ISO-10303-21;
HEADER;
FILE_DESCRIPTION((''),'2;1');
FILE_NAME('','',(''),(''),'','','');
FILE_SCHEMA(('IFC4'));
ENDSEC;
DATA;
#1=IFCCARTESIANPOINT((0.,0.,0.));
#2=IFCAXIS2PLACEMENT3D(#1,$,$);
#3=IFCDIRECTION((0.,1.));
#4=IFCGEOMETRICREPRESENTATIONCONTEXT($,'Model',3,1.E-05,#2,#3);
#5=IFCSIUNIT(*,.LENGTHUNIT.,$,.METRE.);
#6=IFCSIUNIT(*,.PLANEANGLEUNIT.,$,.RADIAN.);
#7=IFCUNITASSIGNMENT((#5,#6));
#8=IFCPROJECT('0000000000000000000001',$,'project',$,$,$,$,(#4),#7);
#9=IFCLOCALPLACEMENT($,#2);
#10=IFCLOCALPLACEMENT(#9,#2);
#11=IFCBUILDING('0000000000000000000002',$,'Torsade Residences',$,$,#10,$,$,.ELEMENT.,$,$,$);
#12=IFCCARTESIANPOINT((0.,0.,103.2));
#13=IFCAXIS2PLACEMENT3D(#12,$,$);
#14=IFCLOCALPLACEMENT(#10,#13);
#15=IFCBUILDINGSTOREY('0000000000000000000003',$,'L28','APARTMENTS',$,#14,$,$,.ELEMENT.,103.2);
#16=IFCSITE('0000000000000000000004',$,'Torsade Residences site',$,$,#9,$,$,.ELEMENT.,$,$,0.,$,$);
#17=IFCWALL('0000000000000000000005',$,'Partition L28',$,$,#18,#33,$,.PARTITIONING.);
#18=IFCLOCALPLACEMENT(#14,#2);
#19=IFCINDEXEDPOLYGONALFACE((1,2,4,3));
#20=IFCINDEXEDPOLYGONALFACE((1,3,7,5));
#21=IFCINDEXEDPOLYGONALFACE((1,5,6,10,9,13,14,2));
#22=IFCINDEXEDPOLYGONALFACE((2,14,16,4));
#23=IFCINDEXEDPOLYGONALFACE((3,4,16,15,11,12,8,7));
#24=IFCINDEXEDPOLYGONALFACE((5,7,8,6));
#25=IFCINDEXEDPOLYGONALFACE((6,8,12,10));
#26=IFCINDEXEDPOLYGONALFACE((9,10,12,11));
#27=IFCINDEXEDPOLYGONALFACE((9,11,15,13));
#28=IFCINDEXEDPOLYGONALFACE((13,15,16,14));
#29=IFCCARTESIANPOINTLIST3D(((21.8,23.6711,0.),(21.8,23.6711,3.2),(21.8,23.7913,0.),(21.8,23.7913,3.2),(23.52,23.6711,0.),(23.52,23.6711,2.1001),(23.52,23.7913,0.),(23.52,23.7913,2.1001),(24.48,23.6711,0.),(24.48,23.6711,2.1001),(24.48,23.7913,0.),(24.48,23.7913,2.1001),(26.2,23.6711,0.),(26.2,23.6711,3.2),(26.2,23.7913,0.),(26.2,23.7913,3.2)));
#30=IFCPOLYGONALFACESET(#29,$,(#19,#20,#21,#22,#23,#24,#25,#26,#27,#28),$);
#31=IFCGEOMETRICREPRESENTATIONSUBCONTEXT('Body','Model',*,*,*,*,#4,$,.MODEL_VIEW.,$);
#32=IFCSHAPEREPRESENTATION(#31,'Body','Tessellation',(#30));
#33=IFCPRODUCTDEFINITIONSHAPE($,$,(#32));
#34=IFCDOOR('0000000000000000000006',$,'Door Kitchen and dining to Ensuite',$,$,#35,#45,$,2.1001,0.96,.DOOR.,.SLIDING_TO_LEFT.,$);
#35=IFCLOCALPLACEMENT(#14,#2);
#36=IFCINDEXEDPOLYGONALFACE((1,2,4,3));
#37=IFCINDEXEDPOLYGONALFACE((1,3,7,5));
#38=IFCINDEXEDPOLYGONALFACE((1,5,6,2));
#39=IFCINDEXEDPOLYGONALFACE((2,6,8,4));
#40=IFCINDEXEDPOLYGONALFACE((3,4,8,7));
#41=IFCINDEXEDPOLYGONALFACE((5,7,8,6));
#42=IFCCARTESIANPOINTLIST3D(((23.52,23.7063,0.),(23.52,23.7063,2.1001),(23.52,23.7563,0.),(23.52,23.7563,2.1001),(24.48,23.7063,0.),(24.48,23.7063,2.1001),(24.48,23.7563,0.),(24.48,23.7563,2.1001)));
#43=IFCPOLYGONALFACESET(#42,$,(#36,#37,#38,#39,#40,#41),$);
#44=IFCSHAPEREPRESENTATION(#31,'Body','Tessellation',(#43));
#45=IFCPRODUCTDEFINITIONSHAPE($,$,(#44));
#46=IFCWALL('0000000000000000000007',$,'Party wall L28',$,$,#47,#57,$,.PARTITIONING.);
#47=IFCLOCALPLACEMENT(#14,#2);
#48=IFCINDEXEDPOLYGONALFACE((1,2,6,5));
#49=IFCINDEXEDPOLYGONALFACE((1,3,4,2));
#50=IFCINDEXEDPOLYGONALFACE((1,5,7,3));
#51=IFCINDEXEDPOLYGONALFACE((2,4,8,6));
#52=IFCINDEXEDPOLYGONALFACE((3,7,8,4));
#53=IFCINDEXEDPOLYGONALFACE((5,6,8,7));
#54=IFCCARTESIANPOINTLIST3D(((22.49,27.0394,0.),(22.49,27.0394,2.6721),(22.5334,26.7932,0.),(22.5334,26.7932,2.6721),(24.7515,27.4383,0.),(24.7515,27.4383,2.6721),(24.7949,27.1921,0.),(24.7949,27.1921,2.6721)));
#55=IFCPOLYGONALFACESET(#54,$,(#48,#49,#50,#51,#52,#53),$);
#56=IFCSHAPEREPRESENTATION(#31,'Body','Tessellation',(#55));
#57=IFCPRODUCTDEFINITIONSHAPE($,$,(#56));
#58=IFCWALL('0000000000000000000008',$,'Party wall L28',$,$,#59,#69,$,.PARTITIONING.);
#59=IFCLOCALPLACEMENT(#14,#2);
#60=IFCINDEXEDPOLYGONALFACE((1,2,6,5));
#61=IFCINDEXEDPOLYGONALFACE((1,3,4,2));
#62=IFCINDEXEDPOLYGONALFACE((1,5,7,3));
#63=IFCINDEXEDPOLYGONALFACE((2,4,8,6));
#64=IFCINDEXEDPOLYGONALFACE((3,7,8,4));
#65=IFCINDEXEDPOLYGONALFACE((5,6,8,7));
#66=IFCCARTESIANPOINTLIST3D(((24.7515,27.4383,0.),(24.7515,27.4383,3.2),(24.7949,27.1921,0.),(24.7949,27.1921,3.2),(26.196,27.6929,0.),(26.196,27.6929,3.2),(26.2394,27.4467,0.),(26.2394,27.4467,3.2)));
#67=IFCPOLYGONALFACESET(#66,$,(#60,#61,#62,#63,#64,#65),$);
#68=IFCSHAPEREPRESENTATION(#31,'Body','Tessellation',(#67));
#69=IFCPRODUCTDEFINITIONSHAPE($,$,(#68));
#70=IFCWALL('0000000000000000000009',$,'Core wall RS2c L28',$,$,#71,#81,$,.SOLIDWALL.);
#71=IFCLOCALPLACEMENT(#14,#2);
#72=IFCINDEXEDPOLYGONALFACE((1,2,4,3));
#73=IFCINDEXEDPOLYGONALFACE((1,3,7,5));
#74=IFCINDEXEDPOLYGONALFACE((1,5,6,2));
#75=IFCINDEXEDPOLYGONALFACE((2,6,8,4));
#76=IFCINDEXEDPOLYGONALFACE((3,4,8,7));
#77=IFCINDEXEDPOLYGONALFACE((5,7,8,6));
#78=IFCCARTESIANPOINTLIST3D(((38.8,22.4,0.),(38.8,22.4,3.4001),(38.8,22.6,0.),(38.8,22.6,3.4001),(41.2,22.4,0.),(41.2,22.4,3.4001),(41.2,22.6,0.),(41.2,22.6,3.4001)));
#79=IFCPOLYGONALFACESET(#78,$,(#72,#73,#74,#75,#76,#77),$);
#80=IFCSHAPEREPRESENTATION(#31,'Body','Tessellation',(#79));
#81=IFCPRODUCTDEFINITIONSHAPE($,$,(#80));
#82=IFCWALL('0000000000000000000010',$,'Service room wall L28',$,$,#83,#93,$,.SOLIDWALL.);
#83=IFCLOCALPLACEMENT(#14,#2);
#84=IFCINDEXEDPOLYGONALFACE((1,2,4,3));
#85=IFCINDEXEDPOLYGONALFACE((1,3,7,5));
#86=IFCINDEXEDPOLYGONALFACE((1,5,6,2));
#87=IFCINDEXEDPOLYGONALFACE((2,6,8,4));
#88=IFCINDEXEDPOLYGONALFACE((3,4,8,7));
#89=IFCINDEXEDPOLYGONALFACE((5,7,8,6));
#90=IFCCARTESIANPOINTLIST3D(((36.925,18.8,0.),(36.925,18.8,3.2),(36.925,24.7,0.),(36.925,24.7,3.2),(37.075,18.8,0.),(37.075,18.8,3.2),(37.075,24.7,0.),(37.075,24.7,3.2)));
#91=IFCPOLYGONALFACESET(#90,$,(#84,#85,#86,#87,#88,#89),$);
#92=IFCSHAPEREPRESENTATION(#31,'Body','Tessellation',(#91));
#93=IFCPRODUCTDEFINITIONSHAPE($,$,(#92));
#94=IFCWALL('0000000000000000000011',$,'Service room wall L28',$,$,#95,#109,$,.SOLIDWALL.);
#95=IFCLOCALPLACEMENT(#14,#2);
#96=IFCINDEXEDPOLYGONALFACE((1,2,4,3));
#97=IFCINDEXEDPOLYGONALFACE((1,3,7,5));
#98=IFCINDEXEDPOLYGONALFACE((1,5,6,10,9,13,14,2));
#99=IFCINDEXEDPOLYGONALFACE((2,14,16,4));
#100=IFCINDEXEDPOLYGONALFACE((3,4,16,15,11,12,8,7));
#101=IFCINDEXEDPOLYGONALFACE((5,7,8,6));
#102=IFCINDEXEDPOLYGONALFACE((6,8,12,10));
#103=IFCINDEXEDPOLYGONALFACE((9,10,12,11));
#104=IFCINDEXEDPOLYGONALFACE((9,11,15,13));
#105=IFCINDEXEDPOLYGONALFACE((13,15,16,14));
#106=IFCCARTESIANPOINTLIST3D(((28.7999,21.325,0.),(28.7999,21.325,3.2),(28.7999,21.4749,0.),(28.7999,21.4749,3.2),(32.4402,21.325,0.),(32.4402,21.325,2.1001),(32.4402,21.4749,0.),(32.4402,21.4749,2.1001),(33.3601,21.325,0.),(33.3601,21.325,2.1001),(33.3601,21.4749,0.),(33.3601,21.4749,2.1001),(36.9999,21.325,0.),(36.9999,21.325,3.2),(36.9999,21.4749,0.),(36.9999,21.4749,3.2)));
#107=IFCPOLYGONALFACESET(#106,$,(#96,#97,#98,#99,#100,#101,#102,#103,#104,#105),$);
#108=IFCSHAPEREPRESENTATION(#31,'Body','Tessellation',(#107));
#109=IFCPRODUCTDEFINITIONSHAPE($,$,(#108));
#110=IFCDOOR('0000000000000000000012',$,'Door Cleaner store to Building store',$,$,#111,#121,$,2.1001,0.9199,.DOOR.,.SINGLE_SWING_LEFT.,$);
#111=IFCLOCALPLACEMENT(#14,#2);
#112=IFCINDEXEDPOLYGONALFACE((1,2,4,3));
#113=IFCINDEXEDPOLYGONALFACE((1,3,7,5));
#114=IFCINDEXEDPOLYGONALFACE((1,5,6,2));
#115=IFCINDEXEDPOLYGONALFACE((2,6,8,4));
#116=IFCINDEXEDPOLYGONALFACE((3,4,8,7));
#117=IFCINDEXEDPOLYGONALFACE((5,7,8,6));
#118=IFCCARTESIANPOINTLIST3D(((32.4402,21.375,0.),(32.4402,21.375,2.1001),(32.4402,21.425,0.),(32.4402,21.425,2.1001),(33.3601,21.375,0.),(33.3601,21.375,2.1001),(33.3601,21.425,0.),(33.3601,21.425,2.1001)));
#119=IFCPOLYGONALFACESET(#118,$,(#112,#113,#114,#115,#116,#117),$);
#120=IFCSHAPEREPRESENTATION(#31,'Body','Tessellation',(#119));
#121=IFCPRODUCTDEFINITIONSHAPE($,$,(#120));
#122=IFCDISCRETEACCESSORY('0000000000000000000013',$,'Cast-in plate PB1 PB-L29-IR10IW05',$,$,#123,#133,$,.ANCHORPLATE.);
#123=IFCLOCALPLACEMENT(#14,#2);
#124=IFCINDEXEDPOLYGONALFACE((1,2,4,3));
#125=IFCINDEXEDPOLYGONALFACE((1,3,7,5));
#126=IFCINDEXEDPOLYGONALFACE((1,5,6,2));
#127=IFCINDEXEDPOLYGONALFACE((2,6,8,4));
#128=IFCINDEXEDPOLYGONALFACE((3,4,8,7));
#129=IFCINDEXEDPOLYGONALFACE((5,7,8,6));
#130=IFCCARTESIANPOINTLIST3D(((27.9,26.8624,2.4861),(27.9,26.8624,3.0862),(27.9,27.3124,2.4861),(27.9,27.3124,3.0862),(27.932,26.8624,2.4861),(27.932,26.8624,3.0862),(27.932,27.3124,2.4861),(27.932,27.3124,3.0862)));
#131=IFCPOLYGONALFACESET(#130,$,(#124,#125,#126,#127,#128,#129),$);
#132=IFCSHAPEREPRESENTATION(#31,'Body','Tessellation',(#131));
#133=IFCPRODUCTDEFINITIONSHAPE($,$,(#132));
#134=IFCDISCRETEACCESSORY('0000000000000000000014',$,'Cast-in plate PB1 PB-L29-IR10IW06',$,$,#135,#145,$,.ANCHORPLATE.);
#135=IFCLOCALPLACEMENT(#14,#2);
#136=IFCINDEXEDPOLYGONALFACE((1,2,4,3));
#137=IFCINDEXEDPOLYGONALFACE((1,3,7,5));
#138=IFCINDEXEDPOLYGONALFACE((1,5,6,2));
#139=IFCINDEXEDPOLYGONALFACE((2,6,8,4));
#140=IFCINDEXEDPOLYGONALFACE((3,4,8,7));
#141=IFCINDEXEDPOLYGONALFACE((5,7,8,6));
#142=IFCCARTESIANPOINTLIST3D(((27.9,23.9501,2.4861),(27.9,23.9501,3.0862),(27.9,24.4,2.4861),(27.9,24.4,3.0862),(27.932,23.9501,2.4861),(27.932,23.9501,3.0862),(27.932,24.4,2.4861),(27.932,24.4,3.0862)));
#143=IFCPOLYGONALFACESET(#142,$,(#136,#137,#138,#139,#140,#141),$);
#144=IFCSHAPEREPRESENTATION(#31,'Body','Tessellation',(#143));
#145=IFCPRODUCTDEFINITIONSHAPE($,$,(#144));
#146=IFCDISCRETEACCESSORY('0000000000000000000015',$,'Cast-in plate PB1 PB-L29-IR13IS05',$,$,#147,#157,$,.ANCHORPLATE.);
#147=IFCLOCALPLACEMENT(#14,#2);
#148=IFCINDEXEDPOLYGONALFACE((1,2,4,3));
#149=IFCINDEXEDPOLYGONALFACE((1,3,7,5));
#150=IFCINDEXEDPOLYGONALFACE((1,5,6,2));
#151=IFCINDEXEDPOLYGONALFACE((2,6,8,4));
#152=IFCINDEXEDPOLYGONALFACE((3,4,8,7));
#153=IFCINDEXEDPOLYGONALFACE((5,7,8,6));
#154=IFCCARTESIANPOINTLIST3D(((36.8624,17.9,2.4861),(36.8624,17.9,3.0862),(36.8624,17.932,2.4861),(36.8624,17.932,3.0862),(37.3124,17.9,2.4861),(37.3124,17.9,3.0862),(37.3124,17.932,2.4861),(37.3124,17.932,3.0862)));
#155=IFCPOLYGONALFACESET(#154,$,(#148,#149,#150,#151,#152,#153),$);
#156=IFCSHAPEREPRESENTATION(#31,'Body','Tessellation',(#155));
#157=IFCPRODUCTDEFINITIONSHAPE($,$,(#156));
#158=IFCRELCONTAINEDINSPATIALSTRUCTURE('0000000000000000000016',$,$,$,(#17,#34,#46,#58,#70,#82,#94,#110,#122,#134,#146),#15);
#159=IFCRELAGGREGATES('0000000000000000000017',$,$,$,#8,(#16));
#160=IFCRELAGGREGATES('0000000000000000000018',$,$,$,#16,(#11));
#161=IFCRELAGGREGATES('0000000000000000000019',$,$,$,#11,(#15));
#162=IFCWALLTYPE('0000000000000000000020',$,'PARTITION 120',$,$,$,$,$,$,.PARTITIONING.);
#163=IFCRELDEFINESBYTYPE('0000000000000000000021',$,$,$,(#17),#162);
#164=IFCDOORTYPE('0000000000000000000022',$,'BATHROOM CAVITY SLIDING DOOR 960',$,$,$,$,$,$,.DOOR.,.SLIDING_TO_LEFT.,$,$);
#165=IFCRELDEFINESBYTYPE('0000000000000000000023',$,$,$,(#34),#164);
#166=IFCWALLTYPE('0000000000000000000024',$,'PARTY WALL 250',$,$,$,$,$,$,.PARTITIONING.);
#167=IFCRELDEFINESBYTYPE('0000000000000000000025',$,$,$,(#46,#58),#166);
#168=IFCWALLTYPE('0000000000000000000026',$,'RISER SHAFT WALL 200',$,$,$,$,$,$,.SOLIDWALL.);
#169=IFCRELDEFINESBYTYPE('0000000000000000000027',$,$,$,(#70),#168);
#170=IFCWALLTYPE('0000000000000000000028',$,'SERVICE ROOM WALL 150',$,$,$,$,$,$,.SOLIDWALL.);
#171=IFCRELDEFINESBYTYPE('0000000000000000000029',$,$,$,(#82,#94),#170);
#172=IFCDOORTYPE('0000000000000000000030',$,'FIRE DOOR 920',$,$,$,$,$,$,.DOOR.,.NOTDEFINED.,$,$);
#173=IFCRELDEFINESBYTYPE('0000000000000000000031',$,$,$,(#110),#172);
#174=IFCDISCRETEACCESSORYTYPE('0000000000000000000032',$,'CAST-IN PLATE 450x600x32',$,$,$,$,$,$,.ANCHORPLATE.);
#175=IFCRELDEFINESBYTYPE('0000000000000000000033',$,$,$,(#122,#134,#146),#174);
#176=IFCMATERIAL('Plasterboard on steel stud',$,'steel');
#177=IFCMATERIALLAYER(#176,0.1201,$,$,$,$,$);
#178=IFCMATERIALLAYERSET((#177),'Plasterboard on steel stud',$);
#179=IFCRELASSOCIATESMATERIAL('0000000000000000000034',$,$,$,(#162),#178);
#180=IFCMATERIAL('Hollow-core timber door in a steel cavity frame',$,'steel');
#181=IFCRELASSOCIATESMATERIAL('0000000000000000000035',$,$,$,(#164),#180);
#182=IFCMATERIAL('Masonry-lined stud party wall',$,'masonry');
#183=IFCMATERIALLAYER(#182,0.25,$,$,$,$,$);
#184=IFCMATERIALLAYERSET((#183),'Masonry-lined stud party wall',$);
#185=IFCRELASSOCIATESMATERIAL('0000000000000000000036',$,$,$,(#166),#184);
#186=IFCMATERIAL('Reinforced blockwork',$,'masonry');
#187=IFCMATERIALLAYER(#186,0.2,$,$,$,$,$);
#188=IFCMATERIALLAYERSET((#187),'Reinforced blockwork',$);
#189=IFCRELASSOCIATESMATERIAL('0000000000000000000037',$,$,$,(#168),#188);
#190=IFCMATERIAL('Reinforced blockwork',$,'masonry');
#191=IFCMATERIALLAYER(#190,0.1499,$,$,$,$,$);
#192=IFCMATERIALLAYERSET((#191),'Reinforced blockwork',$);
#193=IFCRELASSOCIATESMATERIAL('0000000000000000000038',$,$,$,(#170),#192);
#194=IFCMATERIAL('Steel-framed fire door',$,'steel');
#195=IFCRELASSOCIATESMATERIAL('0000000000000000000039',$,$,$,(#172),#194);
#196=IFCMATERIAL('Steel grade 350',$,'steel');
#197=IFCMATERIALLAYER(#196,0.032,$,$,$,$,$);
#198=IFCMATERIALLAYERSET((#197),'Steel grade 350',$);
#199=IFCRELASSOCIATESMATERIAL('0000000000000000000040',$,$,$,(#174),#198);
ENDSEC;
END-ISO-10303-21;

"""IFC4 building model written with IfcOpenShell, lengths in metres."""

from ifc_helpers import new_model, si_unit, direction, frame, frame_2d, origin, origin_2d, place, context, subcontext, project, spatial, rectangle, extrude, material, layer, layer_set, type_object, element, fill, save


model = new_model("IFC4")

# Units and contexts
model_context = context("Model", 3, precision=1e-05, world=origin(), true_north=direction((0.0, 1.0)))
body_context = subcontext(model_context, "Body", "Model", "MODEL_VIEW")
ifc_project = project(units=[si_unit("LENGTHUNIT", "METRE"), si_unit("PLANEANGLEUNIT", "RADIAN")], contexts=[model_context])

# Site, building, storey
site_placement = place(None, origin())
site = spatial("IfcSite", under=ifc_project, at=site_placement, Name="Torsade Residences site", CompositionType="ELEMENT", RefElevation=0.0)
building_placement = place(site_placement, origin())
building = spatial("IfcBuilding", under=site, at=building_placement, Name="Torsade Residences", CompositionType="ELEMENT")
storey_placement = place(building_placement, frame((0.0, 0.0, 103.2)))
storey = spatial("IfcBuildingStorey", under=building, at=storey_placement, Name="L28", Description="APARTMENTS", CompositionType="ELEMENT", Elevation=103.2)

# Wall, opening, door
ifc_material_1 = material(Name="Plasterboard on steel stud", Category="steel")
ifc_layer_1 = layer(ifc_material_1, 0.1201)
ifc_layer_set_1 = layer_set([ifc_layer_1], Name="Plasterboard on steel stud")
wall_type_1 = type_object("IfcWallType", Name="PARTITION 120", PredefinedType="PARTITIONING", material=ifc_layer_set_1)
wall_1_placement = place(storey_placement, frame((26.2, 23.7312, 0.0), z_axis=(0.0, 0.0, 1.0), x_axis=(-1.0, 0.0, 0.0)))
wall_1 = element("IfcWall", 1, at=wall_1_placement, inside=storey, type_object=wall_type_1, Name="Partition L28", PredefinedType="PARTITIONING", context=body_context, shape_type="SweptSolid", body=[
    extrude(rectangle(XDim=4.3999, YDim=0.1201, at=frame_2d((2.2, 0.0))), origin(), (0.0, 0.0, 1.0), 3.2),
])
opening_1_placement = place(wall_1_placement, frame((1.72, 0.0, 0.0)))
opening_1 = element("IfcOpeningElement", 2, at=opening_1_placement, cuts=wall_1, PredefinedType="OPENING", context=body_context, shape_type="SweptSolid", body=[
    extrude(rectangle(XDim=0.96, YDim=2.1001, at=frame_2d((0.48, 1.05))), frame((0.0, 0.0701, 0.0), z_axis=(0.0, -1.0, 0.0), x_axis=(1.0, 0.0, 0.0)), (0.0, 0.0, 1.0), 0.1401),
])
ifc_material_2 = material(Name="Hollow-core timber door in a steel cavity frame", Category="steel")
door_type_1 = type_object("IfcDoorType", Name="BATHROOM CAVITY SLIDING DOOR 960", OperationType="SLIDING_TO_LEFT", PredefinedType="DOOR", material=ifc_material_2)
door_1_placement = place(opening_1_placement, origin())
door_1 = element("IfcDoor", 3, at=door_1_placement, inside=storey, type_object=door_type_1, Name="Door Kitchen and dining to Ensuite", OperationType="SLIDING_TO_LEFT", OverallHeight=2.1001, OverallWidth=0.96, PredefinedType="DOOR", context=body_context, shape_type="SweptSolid", body=[
    extrude(rectangle(XDim=0.96, YDim=2.1001, at=frame_2d((0.48, 1.05))), frame((0.0, 0.0249, 0.0), z_axis=(0.0, -1.0, 0.0), x_axis=(1.0, 0.0, 0.0)), (0.0, 0.0, 1.0), 0.05),
])
fill(opening_1, door_1)

# Walls
ifc_material_3 = material(Name="Masonry-lined stud party wall", Category="masonry")
ifc_layer_2 = layer(ifc_material_3, 0.25)
ifc_layer_set_2 = layer_set([ifc_layer_2], Name="Masonry-lined stud party wall")
wall_type_2 = type_object("IfcWallType", Name="PARTY WALL 250", PredefinedType="PARTITIONING", material=ifc_layer_set_2)
wall_2_placement = place(storey_placement, frame((22.5117, 26.9163, 0.0), z_axis=(0.0, 0.0, 1.0), x_axis=(0.984795, 0.173719, 0.0)))
element("IfcWall", 4, at=wall_2_placement, inside=storey, type_object=wall_type_2, Name="Party wall L28", PredefinedType="PARTITIONING", context=body_context, shape_type="SweptSolid", body=[
    extrude(rectangle(XDim=2.2964, YDim=0.25, at=frame_2d((1.1482, 0.0))), origin(), (0.0, 0.0, 1.0), 2.6721),
])
wall_3_placement = place(storey_placement, frame((24.7732, 27.3152, 0.0), z_axis=(0.0, 0.0, 1.0), x_axis=(0.984817, 0.173595, 0.0)))
element("IfcWall", 5, at=wall_3_placement, inside=storey, type_object=wall_type_2, Name="Party wall L28", PredefinedType="PARTITIONING", context=body_context, shape_type="SweptSolid", body=[
    extrude(rectangle(XDim=1.4668, YDim=0.25, at=frame_2d((0.7334, 0.0))), origin(), (0.0, 0.0, 1.0), 3.2),
])
ifc_material_4 = material(Name="Reinforced blockwork", Category="masonry")
ifc_layer_3 = layer(ifc_material_4, 0.2)
ifc_layer_set_3 = layer_set([ifc_layer_3], Name="Reinforced blockwork")
wall_type_3 = type_object("IfcWallType", Name="RISER SHAFT WALL 200", PredefinedType="SOLIDWALL", material=ifc_layer_set_3)
wall_4_placement = place(storey_placement, frame((38.8, 22.5, 0.0), z_axis=(0.0, 0.0, 1.0), x_axis=(1.0, 0.0, 0.0)))
element("IfcWall", 6, at=wall_4_placement, inside=storey, type_object=wall_type_3, Name="Core wall RS2c L28", PredefinedType="SOLIDWALL", context=body_context, shape_type="SweptSolid", body=[
    extrude(rectangle(XDim=2.3999, YDim=0.2, at=frame_2d((1.2, 0.0))), origin(), (0.0, 0.0, 1.0), 3.4001),
])
ifc_material_5 = material(Name="Reinforced blockwork", Category="masonry")
ifc_layer_4 = layer(ifc_material_5, 0.1499)
ifc_layer_set_4 = layer_set([ifc_layer_4], Name="Reinforced blockwork")
wall_type_4 = type_object("IfcWallType", Name="SERVICE ROOM WALL 150", PredefinedType="SOLIDWALL", material=ifc_layer_set_4)
wall_5_placement = place(storey_placement, frame((37.0, 18.8, 0.0), z_axis=(0.0, 0.0, 1.0), x_axis=(0.0, 1.0, 0.0)))
element("IfcWall", 7, at=wall_5_placement, inside=storey, type_object=wall_type_4, Name="Service room wall L28", PredefinedType="SOLIDWALL", context=body_context, shape_type="SweptSolid", body=[
    extrude(rectangle(XDim=5.8999, YDim=0.1499, at=frame_2d((2.95, 0.0))), origin(), (0.0, 0.0, 1.0), 3.2),
])

# Wall, opening, door
wall_6_placement = place(storey_placement, frame((37.0, 21.3999, 0.0), z_axis=(0.0, 0.0, 1.0), x_axis=(-1.0, 0.0, 0.0)))
wall_6 = element("IfcWall", 8, at=wall_6_placement, inside=storey, type_object=wall_type_4, Name="Service room wall L28", PredefinedType="SOLIDWALL", context=body_context, shape_type="SweptSolid", body=[
    extrude(rectangle(XDim=8.2, YDim=0.1499, at=frame_2d((4.1001, 0.0))), origin(), (0.0, 0.0, 1.0), 3.2),
])
opening_2_placement = place(wall_6_placement, frame((3.6399, 0.0, 0.0)))
opening_2 = element("IfcOpeningElement", 9, at=opening_2_placement, cuts=wall_6, PredefinedType="OPENING", context=body_context, shape_type="SweptSolid", body=[
    extrude(rectangle(XDim=0.9199, YDim=2.1001, at=frame_2d((0.46, 1.05))), frame((0.0, 0.085, 0.0), z_axis=(0.0, -1.0, 0.0), x_axis=(1.0, 0.0, 0.0)), (0.0, 0.0, 1.0), 0.1699),
])
ifc_material_6 = material(Name="Steel-framed fire door", Category="steel")
door_type_2 = type_object("IfcDoorType", Name="FIRE DOOR 920", OperationType="NOTDEFINED", PredefinedType="DOOR", material=ifc_material_6)
door_2_placement = place(opening_2_placement, origin())
door_2 = element("IfcDoor", 10, at=door_2_placement, inside=storey, type_object=door_type_2, Name="Door Cleaner store to Building store", OperationType="SINGLE_SWING_LEFT", OverallHeight=2.1001, OverallWidth=0.9199, PredefinedType="DOOR", context=body_context, shape_type="SweptSolid", body=[
    extrude(rectangle(XDim=0.9199, YDim=2.1001, at=frame_2d((0.46, 1.05))), frame((0.0, 0.0249, 0.0), z_axis=(0.0, -1.0, 0.0), x_axis=(1.0, 0.0, 0.0)), (0.0, 0.0, 1.0), 0.05),
])
fill(opening_2, door_2)

# Discrete accessories
ifc_material_7 = material(Name="Steel grade 350", Category="steel")
ifc_layer_5 = layer(ifc_material_7, 0.032)
ifc_layer_set_5 = layer_set([ifc_layer_5], Name="Steel grade 350")
discrete_accessory_type = type_object("IfcDiscreteAccessoryType", Name="CAST-IN PLATE 450x600x32", PredefinedType="ANCHORPLATE", material=ifc_layer_set_5)
for number, where, z_axis, x_axis, name in (
    (11, (27.916, 27.0874, 2.4861), (0.0, 0.0, 1.0), (1.0, 0.0, 0.0), "Cast-in plate PB1 PB-L29-IR10IW05"),
    (12, (27.916, 24.175, 2.4861), (0.0, 0.0, 1.0), (1.0, 0.0, 0.0), "Cast-in plate PB1 PB-L29-IR10IW06"),
):
    element("IfcDiscreteAccessory", number, at=place(storey_placement, frame(where, z_axis=z_axis, x_axis=x_axis)), inside=storey, type_object=discrete_accessory_type, Name=name, PredefinedType="ANCHORPLATE", context=body_context, shape_type="SweptSolid", body=[
        extrude(rectangle(XDim=0.032, YDim=0.45, at=origin_2d()), origin(), (0.0, 0.0, 1.0), 0.6001),
    ])
discrete_accessory_placement = place(storey_placement, frame((37.0874, 17.916, 2.4861), z_axis=(0.0, 0.0, 1.0), x_axis=(1.0, 0.0, 0.0)))
element("IfcDiscreteAccessory", 13, at=discrete_accessory_placement, inside=storey, type_object=discrete_accessory_type, Name="Cast-in plate PB1 PB-L29-IR13IS05", PredefinedType="ANCHORPLATE", context=body_context, shape_type="SweptSolid", body=[
    extrude(rectangle(XDim=0.45, YDim=0.032, at=origin_2d()), origin(), (0.0, 0.0, 1.0), 0.6001),
])

save(model, "model.ifc")
